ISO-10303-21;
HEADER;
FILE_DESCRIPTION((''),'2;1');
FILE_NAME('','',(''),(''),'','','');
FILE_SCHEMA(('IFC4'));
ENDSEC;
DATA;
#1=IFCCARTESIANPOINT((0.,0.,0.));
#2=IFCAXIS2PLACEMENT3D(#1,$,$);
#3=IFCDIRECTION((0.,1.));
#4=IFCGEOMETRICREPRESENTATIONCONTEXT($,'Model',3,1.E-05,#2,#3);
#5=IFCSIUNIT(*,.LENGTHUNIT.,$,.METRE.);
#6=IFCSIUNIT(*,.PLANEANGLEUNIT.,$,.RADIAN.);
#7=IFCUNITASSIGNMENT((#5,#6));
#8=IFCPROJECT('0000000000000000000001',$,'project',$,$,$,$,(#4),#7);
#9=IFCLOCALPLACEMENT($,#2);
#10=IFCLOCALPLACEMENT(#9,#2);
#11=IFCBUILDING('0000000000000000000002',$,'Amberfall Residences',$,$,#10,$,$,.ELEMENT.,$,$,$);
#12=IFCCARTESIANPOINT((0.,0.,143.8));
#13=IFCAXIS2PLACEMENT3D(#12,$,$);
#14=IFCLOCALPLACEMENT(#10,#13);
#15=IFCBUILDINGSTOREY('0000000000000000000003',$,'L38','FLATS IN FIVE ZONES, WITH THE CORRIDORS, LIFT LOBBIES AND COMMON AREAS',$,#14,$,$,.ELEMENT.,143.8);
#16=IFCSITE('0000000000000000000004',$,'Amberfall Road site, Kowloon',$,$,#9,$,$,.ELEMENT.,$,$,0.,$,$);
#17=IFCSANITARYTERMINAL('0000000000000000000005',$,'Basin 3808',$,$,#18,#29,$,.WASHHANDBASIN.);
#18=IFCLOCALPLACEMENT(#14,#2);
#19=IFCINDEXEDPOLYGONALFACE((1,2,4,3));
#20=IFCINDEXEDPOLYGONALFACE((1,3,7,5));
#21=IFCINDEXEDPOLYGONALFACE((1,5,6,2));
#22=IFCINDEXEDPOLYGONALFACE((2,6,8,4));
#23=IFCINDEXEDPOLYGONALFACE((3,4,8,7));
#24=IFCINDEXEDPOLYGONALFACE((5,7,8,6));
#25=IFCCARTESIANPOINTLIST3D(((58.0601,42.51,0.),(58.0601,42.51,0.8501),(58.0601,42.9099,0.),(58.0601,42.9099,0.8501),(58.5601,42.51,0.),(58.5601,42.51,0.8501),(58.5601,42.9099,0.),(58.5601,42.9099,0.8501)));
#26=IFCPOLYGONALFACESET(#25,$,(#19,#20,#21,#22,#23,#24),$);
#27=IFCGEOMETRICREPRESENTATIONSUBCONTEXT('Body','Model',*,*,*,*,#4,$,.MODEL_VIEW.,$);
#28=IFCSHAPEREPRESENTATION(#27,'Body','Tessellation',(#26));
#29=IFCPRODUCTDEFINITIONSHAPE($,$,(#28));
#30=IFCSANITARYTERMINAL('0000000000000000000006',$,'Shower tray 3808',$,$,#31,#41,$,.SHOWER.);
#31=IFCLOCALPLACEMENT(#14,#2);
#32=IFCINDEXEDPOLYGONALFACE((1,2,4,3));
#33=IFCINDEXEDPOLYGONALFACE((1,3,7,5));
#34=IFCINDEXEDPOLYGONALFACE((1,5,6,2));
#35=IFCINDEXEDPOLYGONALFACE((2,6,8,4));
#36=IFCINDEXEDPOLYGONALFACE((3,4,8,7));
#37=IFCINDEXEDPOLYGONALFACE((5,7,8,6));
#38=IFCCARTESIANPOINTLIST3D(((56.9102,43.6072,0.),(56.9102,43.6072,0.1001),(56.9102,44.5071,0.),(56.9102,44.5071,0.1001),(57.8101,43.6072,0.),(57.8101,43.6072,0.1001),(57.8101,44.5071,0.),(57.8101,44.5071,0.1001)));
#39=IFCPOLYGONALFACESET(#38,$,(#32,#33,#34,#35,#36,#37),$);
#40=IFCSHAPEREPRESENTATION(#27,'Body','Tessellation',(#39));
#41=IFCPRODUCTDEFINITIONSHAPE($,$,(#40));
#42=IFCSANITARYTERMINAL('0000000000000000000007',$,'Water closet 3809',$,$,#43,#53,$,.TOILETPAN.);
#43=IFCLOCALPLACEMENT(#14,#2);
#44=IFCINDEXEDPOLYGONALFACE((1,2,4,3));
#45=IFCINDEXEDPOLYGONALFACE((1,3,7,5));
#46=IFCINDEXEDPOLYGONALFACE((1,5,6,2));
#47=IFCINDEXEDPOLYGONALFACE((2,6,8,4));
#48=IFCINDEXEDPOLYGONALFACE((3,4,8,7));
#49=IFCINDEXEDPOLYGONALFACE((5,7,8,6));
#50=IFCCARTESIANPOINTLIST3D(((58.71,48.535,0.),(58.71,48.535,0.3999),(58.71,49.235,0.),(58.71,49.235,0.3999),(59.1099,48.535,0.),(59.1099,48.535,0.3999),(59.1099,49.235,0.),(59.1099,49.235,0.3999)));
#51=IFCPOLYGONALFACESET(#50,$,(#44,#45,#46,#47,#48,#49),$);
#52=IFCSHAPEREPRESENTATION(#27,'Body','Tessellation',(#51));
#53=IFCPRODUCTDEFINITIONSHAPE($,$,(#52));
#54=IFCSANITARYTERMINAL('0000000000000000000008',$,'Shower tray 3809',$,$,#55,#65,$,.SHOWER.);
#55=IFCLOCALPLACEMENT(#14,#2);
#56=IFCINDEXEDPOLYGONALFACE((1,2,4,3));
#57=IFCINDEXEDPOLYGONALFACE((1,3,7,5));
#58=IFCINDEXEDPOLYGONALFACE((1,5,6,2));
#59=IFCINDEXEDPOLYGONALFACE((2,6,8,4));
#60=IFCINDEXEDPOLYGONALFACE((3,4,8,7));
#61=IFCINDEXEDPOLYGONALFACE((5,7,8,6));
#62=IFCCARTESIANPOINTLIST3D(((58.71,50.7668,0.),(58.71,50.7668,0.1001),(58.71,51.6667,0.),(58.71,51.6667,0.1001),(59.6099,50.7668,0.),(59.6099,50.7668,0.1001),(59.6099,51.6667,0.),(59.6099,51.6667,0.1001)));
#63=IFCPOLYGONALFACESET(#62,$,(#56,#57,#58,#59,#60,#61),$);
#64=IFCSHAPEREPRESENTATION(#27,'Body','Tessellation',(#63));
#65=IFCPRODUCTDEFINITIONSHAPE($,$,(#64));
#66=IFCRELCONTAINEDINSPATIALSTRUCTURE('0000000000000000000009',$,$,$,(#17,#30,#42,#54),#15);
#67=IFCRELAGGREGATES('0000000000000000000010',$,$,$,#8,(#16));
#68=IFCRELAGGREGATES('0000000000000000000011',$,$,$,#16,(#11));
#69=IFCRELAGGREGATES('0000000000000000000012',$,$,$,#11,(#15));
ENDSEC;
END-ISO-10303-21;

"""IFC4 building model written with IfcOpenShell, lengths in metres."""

from ifc_helpers import new_model, si_unit, direction, frame, origin, origin_2d, place, context, subcontext, project, spatial, rectangle, extrude, element, save


model = new_model("IFC4")

# Units and contexts
model_context = context("Model", 3, precision=1e-05, world=origin(), true_north=direction((0.0, 1.0)))
body_context = subcontext(model_context, "Body", "Model", "MODEL_VIEW")
ifc_project = project(units=[si_unit("LENGTHUNIT", "METRE"), si_unit("PLANEANGLEUNIT", "RADIAN")], contexts=[model_context])

# Site, building, storey
site_placement = place(None, origin())
site = spatial("IfcSite", under=ifc_project, at=site_placement, Name="Amberfall Road site, Kowloon", CompositionType="ELEMENT", RefElevation=0.0)
building_placement = place(site_placement, origin())
building = spatial("IfcBuilding", under=site, at=building_placement, Name="Amberfall Residences", CompositionType="ELEMENT")
storey_placement = place(building_placement, frame((0.0, 0.0, 143.8)))
storey = spatial("IfcBuildingStorey", under=building, at=storey_placement, Name="L38", Description="FLATS IN FIVE ZONES, WITH THE CORRIDORS, LIFT LOBBIES AND COMMON AREAS", CompositionType="ELEMENT", Elevation=143.8)

# Sanitary terminals
sanitary_terminal_1_placement = place(storey_placement, frame((58.3101, 42.71, 0.0), z_axis=(0.0, 0.0, 1.0), x_axis=(1.0, 0.0, 0.0)))
element("IfcSanitaryTerminal", 1, at=sanitary_terminal_1_placement, inside=storey, Name="Basin 3808", PredefinedType="WASHHANDBASIN", context=body_context, shape_type="SweptSolid", body=[
    extrude(rectangle(XDim=0.5, YDim=0.3999, at=origin_2d()), origin(), (0.0, 0.0, 1.0), 0.8501),
])
sanitary_terminal_2_placement = place(storey_placement, frame((57.3601, 44.0571, 0.0), z_axis=(0.0, 0.0, 1.0), x_axis=(1.0, 0.0, 0.0)))
element("IfcSanitaryTerminal", 2, at=sanitary_terminal_2_placement, inside=storey, Name="Shower tray 3808", PredefinedType="SHOWER", context=body_context, shape_type="SweptSolid", body=[
    extrude(rectangle(XDim=0.8999, YDim=0.8999, at=origin_2d()), origin(), (0.0, 0.0, 1.0), 0.1001),
])
sanitary_terminal_3_placement = place(storey_placement, frame((58.9099, 48.885, 0.0), z_axis=(0.0, 0.0, 1.0), x_axis=(1.0, 0.0, 0.0)))
element("IfcSanitaryTerminal", 3, at=sanitary_terminal_3_placement, inside=storey, Name="Water closet 3809", PredefinedType="TOILETPAN", context=body_context, shape_type="SweptSolid", body=[
    extrude(rectangle(XDim=0.3999, YDim=0.7, at=origin_2d()), origin(), (0.0, 0.0, 1.0), 0.3999),
])
sanitary_terminal_4_placement = place(storey_placement, frame((59.1599, 51.2168, 0.0), z_axis=(0.0, 0.0, 1.0), x_axis=(1.0, 0.0, 0.0)))
element("IfcSanitaryTerminal", 4, at=sanitary_terminal_4_placement, inside=storey, Name="Shower tray 3809", PredefinedType="SHOWER", context=body_context, shape_type="SweptSolid", body=[
    extrude(rectangle(XDim=0.8999, YDim=0.8999, at=origin_2d()), origin(), (0.0, 0.0, 1.0), 0.1001),
])

save(model, "model.ifc")
